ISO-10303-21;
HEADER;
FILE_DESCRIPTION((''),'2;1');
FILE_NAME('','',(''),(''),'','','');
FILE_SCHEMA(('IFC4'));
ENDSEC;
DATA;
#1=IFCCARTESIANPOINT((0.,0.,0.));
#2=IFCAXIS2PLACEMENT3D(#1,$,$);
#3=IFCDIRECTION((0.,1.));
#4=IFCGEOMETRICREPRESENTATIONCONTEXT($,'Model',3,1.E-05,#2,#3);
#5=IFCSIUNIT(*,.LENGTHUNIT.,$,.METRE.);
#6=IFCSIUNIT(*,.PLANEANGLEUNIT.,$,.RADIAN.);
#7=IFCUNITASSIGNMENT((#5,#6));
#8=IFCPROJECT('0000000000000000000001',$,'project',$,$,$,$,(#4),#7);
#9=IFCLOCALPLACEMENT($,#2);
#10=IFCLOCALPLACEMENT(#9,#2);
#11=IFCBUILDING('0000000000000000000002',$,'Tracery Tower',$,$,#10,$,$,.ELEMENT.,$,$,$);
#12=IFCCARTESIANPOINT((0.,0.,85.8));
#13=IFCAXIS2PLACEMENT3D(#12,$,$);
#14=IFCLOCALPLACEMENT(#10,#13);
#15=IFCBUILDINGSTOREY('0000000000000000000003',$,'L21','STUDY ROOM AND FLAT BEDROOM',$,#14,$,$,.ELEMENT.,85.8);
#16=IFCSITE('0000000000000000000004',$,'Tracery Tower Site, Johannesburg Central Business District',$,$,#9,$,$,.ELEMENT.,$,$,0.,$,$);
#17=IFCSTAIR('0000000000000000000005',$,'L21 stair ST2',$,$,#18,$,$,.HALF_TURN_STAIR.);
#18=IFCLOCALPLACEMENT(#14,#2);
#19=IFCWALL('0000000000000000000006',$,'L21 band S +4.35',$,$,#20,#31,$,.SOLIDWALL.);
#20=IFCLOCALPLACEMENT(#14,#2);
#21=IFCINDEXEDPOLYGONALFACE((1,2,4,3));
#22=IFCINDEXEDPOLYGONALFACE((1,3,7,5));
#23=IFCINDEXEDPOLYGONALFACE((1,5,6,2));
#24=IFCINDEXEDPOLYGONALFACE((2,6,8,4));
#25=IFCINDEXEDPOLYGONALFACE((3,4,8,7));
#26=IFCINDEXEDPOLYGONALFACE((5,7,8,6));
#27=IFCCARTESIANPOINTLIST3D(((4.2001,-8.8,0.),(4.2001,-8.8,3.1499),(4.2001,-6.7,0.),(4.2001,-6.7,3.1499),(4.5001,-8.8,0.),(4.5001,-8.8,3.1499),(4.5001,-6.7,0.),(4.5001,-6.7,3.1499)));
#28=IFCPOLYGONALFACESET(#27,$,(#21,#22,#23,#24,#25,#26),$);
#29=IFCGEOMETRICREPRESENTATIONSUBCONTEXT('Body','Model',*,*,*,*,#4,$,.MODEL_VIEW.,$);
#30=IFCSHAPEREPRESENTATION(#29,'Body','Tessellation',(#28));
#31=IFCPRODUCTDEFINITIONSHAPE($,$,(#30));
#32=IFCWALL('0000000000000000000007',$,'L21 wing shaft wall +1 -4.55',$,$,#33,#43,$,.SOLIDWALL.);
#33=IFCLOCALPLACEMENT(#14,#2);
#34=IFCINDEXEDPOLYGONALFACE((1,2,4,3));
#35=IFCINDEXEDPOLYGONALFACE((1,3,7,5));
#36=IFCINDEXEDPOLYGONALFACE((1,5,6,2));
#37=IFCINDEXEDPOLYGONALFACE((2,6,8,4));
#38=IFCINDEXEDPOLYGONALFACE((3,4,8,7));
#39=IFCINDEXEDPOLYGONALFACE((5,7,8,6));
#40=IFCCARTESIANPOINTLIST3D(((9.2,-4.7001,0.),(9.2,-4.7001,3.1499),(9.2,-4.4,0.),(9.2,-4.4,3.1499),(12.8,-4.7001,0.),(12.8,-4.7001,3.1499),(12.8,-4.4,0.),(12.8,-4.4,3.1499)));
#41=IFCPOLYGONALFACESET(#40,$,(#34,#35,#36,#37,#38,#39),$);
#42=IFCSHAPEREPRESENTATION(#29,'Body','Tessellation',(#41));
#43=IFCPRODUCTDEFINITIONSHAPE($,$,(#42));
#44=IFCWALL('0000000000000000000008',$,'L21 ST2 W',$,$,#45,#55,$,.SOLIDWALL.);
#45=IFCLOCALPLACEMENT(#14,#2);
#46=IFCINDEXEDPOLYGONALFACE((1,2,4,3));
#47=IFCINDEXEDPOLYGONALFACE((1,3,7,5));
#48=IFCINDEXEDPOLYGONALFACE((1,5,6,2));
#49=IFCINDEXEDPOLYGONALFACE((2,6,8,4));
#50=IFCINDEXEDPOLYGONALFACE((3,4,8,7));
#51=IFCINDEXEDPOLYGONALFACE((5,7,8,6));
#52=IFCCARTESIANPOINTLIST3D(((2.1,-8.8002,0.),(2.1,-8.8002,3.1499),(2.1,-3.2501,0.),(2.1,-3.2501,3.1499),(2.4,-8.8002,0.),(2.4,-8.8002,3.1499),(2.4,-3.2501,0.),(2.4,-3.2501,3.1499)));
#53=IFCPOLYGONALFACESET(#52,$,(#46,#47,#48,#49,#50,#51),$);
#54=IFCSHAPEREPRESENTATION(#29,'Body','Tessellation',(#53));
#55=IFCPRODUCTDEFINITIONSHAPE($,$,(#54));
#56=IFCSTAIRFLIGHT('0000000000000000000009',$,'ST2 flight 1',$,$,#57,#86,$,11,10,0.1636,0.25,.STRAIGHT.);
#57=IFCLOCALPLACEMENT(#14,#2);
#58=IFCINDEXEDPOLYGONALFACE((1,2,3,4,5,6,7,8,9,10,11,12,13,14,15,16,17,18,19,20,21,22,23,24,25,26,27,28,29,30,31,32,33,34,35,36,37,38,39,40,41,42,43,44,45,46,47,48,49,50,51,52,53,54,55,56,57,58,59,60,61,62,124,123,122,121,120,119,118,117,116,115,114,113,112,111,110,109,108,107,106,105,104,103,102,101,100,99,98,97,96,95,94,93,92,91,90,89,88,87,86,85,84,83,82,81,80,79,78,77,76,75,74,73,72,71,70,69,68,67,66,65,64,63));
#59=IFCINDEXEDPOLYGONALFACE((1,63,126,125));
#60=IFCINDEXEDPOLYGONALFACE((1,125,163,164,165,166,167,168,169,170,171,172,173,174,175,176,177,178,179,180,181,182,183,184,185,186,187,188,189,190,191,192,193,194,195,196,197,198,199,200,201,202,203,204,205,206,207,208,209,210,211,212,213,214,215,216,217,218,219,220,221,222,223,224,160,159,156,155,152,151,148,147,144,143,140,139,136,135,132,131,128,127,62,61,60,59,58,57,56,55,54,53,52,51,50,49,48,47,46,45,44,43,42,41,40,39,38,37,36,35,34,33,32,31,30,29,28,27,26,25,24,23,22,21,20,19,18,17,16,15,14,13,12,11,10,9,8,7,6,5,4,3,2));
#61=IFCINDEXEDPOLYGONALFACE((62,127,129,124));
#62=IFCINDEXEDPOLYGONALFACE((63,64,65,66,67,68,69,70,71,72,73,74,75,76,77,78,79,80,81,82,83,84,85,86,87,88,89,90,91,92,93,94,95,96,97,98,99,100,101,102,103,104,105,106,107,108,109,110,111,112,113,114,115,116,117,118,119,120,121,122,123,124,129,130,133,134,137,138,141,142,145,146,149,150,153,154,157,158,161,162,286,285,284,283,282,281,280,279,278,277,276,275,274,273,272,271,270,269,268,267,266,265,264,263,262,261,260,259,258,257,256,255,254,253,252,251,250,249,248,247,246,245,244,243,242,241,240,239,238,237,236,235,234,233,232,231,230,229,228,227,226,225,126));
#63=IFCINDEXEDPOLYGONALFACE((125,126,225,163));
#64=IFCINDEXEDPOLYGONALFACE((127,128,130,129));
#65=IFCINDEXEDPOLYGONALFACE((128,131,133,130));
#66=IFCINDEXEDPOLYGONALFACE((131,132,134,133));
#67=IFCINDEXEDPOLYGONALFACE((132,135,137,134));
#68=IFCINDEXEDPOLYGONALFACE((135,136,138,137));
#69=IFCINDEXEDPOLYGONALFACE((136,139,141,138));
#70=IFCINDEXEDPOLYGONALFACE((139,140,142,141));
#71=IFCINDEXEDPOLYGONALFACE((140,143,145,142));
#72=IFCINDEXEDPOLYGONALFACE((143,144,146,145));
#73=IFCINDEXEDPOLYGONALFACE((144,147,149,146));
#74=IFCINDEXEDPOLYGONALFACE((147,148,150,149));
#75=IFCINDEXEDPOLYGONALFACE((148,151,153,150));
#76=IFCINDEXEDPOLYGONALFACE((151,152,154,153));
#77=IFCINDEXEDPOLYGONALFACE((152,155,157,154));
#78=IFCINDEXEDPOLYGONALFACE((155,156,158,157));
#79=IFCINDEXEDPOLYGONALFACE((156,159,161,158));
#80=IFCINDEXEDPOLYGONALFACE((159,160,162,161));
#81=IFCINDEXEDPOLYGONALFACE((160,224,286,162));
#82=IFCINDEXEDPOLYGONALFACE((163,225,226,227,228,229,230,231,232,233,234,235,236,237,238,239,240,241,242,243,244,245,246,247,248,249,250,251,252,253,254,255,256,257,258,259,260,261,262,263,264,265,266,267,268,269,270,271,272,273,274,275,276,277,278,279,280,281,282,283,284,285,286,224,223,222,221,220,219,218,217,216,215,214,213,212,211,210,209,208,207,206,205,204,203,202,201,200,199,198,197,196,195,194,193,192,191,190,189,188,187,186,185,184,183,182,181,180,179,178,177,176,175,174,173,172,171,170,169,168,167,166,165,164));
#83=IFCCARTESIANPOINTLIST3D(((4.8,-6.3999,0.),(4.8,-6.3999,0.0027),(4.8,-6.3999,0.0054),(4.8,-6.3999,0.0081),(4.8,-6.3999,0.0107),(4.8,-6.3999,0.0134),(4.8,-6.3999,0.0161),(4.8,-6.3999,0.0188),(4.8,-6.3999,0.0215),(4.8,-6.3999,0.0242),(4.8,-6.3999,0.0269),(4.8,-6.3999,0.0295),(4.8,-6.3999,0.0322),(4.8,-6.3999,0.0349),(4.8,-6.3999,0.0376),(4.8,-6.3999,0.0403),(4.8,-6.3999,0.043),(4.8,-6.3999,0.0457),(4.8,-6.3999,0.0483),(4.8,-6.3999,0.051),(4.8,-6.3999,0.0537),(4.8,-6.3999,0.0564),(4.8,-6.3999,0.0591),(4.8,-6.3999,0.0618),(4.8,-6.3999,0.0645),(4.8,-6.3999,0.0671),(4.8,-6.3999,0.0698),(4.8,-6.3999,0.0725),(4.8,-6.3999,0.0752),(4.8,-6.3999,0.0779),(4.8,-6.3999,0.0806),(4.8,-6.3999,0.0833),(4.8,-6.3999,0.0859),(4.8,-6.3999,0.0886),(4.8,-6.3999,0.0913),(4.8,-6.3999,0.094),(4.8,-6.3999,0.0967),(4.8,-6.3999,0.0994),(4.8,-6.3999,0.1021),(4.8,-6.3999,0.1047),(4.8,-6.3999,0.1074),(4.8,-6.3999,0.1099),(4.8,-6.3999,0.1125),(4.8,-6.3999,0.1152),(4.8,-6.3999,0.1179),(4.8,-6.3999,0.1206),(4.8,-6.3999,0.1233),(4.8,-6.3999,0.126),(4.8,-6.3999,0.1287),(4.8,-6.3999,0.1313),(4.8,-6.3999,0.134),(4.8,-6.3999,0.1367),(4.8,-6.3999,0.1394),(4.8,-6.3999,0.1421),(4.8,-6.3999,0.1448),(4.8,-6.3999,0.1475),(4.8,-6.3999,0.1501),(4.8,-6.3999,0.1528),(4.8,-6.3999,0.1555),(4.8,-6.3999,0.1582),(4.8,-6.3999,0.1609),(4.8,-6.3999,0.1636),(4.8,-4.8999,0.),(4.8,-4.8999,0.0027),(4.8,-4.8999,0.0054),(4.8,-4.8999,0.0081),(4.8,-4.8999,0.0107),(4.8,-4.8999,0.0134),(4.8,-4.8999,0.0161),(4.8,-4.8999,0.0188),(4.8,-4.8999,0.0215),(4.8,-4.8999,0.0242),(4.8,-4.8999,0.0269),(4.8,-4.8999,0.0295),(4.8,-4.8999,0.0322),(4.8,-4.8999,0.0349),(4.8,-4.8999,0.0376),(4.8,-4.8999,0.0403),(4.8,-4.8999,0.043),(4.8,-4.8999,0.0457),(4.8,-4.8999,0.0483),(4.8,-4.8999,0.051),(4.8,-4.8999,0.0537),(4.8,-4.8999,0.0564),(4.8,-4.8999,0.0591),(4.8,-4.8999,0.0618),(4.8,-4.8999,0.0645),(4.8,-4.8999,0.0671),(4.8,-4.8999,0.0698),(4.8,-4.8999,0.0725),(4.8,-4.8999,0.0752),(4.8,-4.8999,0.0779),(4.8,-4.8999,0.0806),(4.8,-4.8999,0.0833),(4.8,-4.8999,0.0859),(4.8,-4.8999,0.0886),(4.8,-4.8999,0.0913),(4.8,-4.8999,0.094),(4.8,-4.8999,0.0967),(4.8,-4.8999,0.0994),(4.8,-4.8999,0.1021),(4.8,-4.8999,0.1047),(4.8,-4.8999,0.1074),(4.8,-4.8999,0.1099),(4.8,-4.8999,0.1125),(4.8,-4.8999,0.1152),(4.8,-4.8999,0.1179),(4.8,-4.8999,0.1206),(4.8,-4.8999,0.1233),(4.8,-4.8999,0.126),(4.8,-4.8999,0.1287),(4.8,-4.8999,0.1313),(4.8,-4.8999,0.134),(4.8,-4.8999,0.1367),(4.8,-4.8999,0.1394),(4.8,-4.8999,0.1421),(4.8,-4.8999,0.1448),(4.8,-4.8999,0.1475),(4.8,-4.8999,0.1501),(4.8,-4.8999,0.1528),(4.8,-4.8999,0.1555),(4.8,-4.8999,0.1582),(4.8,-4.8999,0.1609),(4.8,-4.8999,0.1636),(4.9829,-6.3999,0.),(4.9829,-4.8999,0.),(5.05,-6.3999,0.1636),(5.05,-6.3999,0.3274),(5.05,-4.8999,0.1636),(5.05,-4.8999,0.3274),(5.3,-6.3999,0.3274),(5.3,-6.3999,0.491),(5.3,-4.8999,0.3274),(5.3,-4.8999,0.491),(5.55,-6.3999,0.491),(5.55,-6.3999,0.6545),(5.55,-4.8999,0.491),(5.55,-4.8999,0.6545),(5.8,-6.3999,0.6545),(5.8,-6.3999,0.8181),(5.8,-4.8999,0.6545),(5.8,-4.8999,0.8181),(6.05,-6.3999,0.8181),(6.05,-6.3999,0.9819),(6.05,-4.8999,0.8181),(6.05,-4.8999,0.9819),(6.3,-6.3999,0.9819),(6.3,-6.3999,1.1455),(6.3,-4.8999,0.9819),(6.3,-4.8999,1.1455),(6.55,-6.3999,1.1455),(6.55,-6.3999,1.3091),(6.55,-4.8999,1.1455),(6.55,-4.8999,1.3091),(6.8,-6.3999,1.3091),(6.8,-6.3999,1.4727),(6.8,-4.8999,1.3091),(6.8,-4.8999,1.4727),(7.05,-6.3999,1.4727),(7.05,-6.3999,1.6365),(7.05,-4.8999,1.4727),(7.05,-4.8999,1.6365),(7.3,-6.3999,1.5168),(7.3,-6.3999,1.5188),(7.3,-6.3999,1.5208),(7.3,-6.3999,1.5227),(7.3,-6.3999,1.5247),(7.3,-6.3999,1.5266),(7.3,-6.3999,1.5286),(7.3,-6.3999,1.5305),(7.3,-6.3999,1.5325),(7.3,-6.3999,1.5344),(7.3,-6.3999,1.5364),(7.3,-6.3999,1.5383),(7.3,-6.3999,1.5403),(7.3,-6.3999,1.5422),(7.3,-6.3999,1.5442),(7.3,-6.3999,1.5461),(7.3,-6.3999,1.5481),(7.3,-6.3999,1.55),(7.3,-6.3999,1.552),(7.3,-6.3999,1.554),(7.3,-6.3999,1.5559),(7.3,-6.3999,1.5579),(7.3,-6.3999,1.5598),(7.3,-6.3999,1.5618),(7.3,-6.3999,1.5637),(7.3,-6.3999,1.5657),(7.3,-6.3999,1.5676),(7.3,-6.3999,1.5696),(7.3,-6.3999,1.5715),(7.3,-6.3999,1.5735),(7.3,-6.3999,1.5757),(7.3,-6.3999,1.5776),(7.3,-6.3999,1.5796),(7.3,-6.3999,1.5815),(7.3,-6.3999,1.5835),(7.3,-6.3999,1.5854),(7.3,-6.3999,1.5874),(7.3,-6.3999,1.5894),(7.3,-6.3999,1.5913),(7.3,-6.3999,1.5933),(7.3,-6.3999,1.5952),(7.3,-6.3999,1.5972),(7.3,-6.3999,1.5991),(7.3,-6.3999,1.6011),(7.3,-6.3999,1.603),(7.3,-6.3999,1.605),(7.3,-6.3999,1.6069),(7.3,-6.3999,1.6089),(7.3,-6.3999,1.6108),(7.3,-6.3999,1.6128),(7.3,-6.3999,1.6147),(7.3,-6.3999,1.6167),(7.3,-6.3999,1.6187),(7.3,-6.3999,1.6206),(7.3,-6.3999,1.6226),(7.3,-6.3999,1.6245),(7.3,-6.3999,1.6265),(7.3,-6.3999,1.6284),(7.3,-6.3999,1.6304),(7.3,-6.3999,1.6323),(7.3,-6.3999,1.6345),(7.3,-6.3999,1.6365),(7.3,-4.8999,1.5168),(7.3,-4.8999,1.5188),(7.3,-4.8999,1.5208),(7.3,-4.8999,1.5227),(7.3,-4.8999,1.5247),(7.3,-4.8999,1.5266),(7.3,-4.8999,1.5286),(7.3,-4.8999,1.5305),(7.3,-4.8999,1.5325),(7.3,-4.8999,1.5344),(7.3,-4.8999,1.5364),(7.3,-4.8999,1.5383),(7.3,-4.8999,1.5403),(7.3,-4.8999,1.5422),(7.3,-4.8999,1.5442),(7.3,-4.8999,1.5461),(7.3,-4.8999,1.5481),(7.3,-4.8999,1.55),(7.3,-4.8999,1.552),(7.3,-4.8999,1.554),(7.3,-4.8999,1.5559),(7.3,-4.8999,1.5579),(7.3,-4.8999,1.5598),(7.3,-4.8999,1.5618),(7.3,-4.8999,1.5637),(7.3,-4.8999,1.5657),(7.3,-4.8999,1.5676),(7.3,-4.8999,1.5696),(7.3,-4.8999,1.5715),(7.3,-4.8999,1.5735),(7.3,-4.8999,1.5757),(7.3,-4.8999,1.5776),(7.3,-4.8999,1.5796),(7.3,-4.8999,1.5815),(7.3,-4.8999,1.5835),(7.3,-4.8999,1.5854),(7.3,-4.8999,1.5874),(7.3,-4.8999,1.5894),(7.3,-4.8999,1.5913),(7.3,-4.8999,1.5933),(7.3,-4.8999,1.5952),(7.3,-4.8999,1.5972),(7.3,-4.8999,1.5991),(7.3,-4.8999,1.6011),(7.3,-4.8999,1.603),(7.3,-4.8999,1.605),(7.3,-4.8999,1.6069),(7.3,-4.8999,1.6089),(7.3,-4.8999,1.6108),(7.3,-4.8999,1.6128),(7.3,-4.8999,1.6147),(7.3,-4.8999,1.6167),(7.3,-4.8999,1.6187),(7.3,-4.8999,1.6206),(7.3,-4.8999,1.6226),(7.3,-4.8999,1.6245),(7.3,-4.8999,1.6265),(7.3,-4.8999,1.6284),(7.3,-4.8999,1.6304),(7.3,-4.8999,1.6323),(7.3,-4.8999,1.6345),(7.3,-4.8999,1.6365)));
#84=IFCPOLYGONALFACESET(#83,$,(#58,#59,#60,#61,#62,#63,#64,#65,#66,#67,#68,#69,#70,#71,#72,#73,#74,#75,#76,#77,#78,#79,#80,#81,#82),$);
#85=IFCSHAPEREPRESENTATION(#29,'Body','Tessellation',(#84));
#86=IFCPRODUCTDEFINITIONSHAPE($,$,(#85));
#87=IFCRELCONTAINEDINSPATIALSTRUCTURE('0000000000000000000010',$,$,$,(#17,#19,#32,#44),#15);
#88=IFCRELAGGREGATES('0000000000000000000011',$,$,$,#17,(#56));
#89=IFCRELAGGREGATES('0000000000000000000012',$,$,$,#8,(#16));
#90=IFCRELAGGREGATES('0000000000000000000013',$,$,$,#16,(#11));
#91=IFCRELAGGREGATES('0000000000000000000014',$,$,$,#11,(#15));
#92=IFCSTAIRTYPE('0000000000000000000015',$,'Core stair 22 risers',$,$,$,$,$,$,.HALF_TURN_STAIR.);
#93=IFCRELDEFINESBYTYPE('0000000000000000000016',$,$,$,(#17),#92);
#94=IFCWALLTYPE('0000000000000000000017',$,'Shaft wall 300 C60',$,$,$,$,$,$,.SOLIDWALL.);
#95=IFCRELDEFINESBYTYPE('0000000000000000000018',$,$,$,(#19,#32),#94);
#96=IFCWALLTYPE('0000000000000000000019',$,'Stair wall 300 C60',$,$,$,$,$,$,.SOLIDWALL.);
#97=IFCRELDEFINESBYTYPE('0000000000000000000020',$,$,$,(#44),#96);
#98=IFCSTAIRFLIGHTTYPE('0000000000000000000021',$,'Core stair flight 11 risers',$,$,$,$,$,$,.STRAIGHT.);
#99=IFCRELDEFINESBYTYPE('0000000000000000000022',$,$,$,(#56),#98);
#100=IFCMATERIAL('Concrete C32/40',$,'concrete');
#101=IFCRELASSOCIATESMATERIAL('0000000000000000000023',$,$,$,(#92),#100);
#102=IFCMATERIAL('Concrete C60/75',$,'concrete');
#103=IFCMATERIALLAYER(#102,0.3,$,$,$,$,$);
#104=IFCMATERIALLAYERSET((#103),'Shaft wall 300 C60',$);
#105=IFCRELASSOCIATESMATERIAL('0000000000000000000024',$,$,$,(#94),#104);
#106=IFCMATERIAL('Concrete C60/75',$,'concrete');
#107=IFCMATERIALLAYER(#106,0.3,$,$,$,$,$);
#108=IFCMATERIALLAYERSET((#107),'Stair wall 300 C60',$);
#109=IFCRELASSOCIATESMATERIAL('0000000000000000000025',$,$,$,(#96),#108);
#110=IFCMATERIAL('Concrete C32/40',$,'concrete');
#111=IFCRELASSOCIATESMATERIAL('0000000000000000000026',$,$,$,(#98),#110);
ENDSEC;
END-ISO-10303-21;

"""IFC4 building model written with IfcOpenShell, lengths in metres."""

from ifc_helpers import new_model, si_unit, direction, frame, frame_2d, origin, place, context, subcontext, project, spatial, polyline, rectangle, outline, extrude, material, layer, layer_set, type_object, element, aggregate, save


model = new_model("IFC4")

# Units and contexts
model_context = context("Model", 3, precision=1e-05, world=origin(), true_north=direction((0.0, 1.0)))
body_context = subcontext(model_context, "Body", "Model", "MODEL_VIEW")
ifc_project = project(units=[si_unit("LENGTHUNIT", "METRE"), si_unit("PLANEANGLEUNIT", "RADIAN")], contexts=[model_context])

# Site, building, storey
site_placement = place(None, origin())
site = spatial("IfcSite", under=ifc_project, at=site_placement, Name="Tracery Tower Site, Johannesburg Central Business District", CompositionType="ELEMENT", RefElevation=0.0)
building_placement = place(site_placement, origin())
building = spatial("IfcBuilding", under=site, at=building_placement, Name="Tracery Tower", CompositionType="ELEMENT")
storey_placement = place(building_placement, frame((0.0, 0.0, 85.8)))
storey = spatial("IfcBuildingStorey", under=building, at=storey_placement, Name="L21", Description="STUDY ROOM AND FLAT BEDROOM", CompositionType="ELEMENT", Elevation=85.8)

# Stair
ifc_material_1 = material(Name="Concrete C32/40", Category="concrete")
stair_type = type_object("IfcStairType", Name="Core stair 22 risers", PredefinedType="HALF_TURN_STAIR", material=ifc_material_1)
stair_1_placement = place(storey_placement, origin())
stair_1 = element("IfcStair", 1, at=stair_1_placement, inside=storey, type_object=stair_type, Name="L21 stair ST2", PredefinedType="HALF_TURN_STAIR")

# Walls
ifc_material_2 = material(Name="Concrete C60/75", Category="concrete")
ifc_layer_1 = layer(ifc_material_2, 0.3)
ifc_layer_set_1 = layer_set([ifc_layer_1], Name="Shaft wall 300 C60")
wall_type_1 = type_object("IfcWallType", Name="Shaft wall 300 C60", PredefinedType="SOLIDWALL", material=ifc_layer_set_1)
wall_1_placement = place(storey_placement, frame((4.3501, -8.8, 0.0), z_axis=(0.0, 0.0, 1.0), x_axis=(0.0, 1.0, 0.0)))
element("IfcWall", 2, at=wall_1_placement, inside=storey, type_object=wall_type_1, Name="L21 band S +4.35", PredefinedType="SOLIDWALL", context=body_context, shape_type="SweptSolid", body=[
    extrude(rectangle(XDim=2.1001, YDim=0.3, at=frame_2d((1.05, 0.0))), origin(), (0.0, 0.0, 1.0), 3.1499),
])
wall_2_placement = place(storey_placement, frame((9.2, -4.55, 0.0), z_axis=(0.0, 0.0, 1.0), x_axis=(1.0, 0.0, 0.0)))
element("IfcWall", 3, at=wall_2_placement, inside=storey, type_object=wall_type_1, Name="L21 wing shaft wall +1 -4.55", PredefinedType="SOLIDWALL", context=body_context, shape_type="SweptSolid", body=[
    extrude(rectangle(XDim=3.6001, YDim=0.3, at=frame_2d((1.8, 0.0))), origin(), (0.0, 0.0, 1.0), 3.1499),
])

# Shared definitions
ifc_material_3 = material(Name="Concrete C60/75", Category="concrete")
ifc_layer_2 = layer(ifc_material_3, 0.3)
ifc_layer_set_2 = layer_set([ifc_layer_2], Name="Stair wall 300 C60")
wall_type_2 = type_object("IfcWallType", Name="Stair wall 300 C60", PredefinedType="SOLIDWALL", material=ifc_layer_set_2)

# Wall
wall_3_placement = place(storey_placement, frame((2.25, -8.8, 0.0), z_axis=(0.0, 0.0, 1.0), x_axis=(0.0, 1.0, 0.0)))
element("IfcWall", 4, at=wall_3_placement, inside=storey, type_object=wall_type_2, Name="L21 ST2 W", PredefinedType="SOLIDWALL", context=body_context, shape_type="SweptSolid", body=[
    extrude(rectangle(XDim=5.55, YDim=0.3, at=frame_2d((2.7749, 0.0))), origin(), (0.0, 0.0, 1.0), 3.1499),
])

# Stair flight
ifc_material_4 = material(Name="Concrete C32/40", Category="concrete")
stair_flight_type = type_object("IfcStairFlightType", Name="Core stair flight 11 risers", PredefinedType="STRAIGHT", material=ifc_material_4)
stair_flight_1_placement = place(storey_placement, frame((4.8, -5.6499, 0.0), z_axis=(0.0, 0.0, 1.0), x_axis=(1.0, 0.0, 0.0)))
stair_flight_1 = element("IfcStairFlight", 5, at=stair_flight_1_placement, type_object=stair_flight_type, Name="ST2 flight 1", NumberOfRisers=11, NumberOfTreads=10, PredefinedType="STRAIGHT", RiserHeight=0.1636, TreadLength=0.25, context=body_context, shape_type="SweptSolid", body=[
    extrude(outline(polyline([(0.0, 0.0), (0.0, 0.0027), (0.0, 0.0054), (0.0, 0.0081), (0.0, 0.0107), (0.0, 0.0134), (0.0, 0.0161), (0.0, 0.0188), (0.0, 0.0215), (0.0, 0.0242), (0.0, 0.0269), (0.0, 0.0295), (0.0, 0.0322), (0.0, 0.0349), (0.0, 0.0376), (0.0, 0.0403), (0.0, 0.043), (0.0, 0.0457), (0.0, 0.0483), (0.0, 0.051), (0.0, 0.0537), (0.0, 0.0564), (0.0, 0.0591), (0.0, 0.0618), (0.0, 0.0645), (0.0, 0.0671), (0.0, 0.0698), (0.0, 0.0725), (0.0, 0.0752), (0.0, 0.0779), (0.0, 0.0806), (0.0, 0.0833), (0.0, 0.0859), (0.0, 0.0886), (0.0, 0.0913), (0.0, 0.094), (0.0, 0.0967), (0.0, 0.0994), (0.0, 0.1021), (0.0, 0.1047), (0.0, 0.1074), (0.0, 0.1099), (0.0, 0.1125), (0.0, 0.1152), (0.0, 0.1179), (0.0, 0.1206), (0.0, 0.1233), (0.0, 0.126), (0.0, 0.1287), (0.0, 0.1313), (0.0, 0.134), (0.0, 0.1367), (0.0, 0.1394), (0.0, 0.1421), (0.0, 0.1448), (0.0, 0.1475), (0.0, 0.1501), (0.0, 0.1528), (0.0, 0.1555), (0.0, 0.1582), (0.0, 0.1609), (0.0, 0.1636), (0.25, 0.1636), (0.25, 0.3274), (0.5, 0.3274), (0.5, 0.491), (0.75, 0.491), (0.75, 0.6545), (1.0, 0.6545), (1.0, 0.8181), (1.25, 0.8181), (1.25, 0.9819), (1.5, 0.9819), (1.5, 1.1455), (1.75, 1.1455), (1.75, 1.3091), (2.0, 1.3091), (2.0, 1.4727), (2.25, 1.4727), (2.25, 1.6365), (2.5, 1.6365), (2.5, 1.6345), (2.5, 1.6323), (2.5, 1.6304), (2.5, 1.6284), (2.5, 1.6265), (2.5, 1.6245), (2.5, 1.6226), (2.5, 1.6206), (2.5, 1.6187), (2.5, 1.6167), (2.5, 1.6147), (2.5, 1.6128), (2.5, 1.6108), (2.5, 1.6089), (2.5, 1.6069), (2.5, 1.605), (2.5, 1.603), (2.5, 1.6011), (2.5, 1.5991), (2.5, 1.5972), (2.5, 1.5952), (2.5, 1.5933), (2.5, 1.5913), (2.5, 1.5894), (2.5, 1.5874), (2.5, 1.5854), (2.5, 1.5835), (2.5, 1.5815), (2.5, 1.5796), (2.5, 1.5776), (2.5, 1.5757), (2.5, 1.5735), (2.5, 1.5715), (2.5, 1.5696), (2.5, 1.5676), (2.5, 1.5657), (2.5, 1.5637), (2.5, 1.5618), (2.5, 1.5598), (2.5, 1.5579), (2.5, 1.5559), (2.5, 1.554), (2.5, 1.552), (2.5, 1.55), (2.5, 1.5481), (2.5, 1.5461), (2.5, 1.5442), (2.5, 1.5422), (2.5, 1.5403), (2.5, 1.5383), (2.5, 1.5364), (2.5, 1.5344), (2.5, 1.5325), (2.5, 1.5305), (2.5, 1.5286), (2.5, 1.5266), (2.5, 1.5247), (2.5, 1.5227), (2.5, 1.5208), (2.5, 1.5188), (2.5, 1.5168), (0.1829, 0.0), (0.0, 0.0)])), frame((0.0, 0.75, 0.0), z_axis=(0.0, -1.0, 0.0), x_axis=(1.0, 0.0, 0.0)), (0.0, 0.0, 1.0), 1.5),
])
aggregate(stair_1, [stair_flight_1])

save(model, "model.ifc")
